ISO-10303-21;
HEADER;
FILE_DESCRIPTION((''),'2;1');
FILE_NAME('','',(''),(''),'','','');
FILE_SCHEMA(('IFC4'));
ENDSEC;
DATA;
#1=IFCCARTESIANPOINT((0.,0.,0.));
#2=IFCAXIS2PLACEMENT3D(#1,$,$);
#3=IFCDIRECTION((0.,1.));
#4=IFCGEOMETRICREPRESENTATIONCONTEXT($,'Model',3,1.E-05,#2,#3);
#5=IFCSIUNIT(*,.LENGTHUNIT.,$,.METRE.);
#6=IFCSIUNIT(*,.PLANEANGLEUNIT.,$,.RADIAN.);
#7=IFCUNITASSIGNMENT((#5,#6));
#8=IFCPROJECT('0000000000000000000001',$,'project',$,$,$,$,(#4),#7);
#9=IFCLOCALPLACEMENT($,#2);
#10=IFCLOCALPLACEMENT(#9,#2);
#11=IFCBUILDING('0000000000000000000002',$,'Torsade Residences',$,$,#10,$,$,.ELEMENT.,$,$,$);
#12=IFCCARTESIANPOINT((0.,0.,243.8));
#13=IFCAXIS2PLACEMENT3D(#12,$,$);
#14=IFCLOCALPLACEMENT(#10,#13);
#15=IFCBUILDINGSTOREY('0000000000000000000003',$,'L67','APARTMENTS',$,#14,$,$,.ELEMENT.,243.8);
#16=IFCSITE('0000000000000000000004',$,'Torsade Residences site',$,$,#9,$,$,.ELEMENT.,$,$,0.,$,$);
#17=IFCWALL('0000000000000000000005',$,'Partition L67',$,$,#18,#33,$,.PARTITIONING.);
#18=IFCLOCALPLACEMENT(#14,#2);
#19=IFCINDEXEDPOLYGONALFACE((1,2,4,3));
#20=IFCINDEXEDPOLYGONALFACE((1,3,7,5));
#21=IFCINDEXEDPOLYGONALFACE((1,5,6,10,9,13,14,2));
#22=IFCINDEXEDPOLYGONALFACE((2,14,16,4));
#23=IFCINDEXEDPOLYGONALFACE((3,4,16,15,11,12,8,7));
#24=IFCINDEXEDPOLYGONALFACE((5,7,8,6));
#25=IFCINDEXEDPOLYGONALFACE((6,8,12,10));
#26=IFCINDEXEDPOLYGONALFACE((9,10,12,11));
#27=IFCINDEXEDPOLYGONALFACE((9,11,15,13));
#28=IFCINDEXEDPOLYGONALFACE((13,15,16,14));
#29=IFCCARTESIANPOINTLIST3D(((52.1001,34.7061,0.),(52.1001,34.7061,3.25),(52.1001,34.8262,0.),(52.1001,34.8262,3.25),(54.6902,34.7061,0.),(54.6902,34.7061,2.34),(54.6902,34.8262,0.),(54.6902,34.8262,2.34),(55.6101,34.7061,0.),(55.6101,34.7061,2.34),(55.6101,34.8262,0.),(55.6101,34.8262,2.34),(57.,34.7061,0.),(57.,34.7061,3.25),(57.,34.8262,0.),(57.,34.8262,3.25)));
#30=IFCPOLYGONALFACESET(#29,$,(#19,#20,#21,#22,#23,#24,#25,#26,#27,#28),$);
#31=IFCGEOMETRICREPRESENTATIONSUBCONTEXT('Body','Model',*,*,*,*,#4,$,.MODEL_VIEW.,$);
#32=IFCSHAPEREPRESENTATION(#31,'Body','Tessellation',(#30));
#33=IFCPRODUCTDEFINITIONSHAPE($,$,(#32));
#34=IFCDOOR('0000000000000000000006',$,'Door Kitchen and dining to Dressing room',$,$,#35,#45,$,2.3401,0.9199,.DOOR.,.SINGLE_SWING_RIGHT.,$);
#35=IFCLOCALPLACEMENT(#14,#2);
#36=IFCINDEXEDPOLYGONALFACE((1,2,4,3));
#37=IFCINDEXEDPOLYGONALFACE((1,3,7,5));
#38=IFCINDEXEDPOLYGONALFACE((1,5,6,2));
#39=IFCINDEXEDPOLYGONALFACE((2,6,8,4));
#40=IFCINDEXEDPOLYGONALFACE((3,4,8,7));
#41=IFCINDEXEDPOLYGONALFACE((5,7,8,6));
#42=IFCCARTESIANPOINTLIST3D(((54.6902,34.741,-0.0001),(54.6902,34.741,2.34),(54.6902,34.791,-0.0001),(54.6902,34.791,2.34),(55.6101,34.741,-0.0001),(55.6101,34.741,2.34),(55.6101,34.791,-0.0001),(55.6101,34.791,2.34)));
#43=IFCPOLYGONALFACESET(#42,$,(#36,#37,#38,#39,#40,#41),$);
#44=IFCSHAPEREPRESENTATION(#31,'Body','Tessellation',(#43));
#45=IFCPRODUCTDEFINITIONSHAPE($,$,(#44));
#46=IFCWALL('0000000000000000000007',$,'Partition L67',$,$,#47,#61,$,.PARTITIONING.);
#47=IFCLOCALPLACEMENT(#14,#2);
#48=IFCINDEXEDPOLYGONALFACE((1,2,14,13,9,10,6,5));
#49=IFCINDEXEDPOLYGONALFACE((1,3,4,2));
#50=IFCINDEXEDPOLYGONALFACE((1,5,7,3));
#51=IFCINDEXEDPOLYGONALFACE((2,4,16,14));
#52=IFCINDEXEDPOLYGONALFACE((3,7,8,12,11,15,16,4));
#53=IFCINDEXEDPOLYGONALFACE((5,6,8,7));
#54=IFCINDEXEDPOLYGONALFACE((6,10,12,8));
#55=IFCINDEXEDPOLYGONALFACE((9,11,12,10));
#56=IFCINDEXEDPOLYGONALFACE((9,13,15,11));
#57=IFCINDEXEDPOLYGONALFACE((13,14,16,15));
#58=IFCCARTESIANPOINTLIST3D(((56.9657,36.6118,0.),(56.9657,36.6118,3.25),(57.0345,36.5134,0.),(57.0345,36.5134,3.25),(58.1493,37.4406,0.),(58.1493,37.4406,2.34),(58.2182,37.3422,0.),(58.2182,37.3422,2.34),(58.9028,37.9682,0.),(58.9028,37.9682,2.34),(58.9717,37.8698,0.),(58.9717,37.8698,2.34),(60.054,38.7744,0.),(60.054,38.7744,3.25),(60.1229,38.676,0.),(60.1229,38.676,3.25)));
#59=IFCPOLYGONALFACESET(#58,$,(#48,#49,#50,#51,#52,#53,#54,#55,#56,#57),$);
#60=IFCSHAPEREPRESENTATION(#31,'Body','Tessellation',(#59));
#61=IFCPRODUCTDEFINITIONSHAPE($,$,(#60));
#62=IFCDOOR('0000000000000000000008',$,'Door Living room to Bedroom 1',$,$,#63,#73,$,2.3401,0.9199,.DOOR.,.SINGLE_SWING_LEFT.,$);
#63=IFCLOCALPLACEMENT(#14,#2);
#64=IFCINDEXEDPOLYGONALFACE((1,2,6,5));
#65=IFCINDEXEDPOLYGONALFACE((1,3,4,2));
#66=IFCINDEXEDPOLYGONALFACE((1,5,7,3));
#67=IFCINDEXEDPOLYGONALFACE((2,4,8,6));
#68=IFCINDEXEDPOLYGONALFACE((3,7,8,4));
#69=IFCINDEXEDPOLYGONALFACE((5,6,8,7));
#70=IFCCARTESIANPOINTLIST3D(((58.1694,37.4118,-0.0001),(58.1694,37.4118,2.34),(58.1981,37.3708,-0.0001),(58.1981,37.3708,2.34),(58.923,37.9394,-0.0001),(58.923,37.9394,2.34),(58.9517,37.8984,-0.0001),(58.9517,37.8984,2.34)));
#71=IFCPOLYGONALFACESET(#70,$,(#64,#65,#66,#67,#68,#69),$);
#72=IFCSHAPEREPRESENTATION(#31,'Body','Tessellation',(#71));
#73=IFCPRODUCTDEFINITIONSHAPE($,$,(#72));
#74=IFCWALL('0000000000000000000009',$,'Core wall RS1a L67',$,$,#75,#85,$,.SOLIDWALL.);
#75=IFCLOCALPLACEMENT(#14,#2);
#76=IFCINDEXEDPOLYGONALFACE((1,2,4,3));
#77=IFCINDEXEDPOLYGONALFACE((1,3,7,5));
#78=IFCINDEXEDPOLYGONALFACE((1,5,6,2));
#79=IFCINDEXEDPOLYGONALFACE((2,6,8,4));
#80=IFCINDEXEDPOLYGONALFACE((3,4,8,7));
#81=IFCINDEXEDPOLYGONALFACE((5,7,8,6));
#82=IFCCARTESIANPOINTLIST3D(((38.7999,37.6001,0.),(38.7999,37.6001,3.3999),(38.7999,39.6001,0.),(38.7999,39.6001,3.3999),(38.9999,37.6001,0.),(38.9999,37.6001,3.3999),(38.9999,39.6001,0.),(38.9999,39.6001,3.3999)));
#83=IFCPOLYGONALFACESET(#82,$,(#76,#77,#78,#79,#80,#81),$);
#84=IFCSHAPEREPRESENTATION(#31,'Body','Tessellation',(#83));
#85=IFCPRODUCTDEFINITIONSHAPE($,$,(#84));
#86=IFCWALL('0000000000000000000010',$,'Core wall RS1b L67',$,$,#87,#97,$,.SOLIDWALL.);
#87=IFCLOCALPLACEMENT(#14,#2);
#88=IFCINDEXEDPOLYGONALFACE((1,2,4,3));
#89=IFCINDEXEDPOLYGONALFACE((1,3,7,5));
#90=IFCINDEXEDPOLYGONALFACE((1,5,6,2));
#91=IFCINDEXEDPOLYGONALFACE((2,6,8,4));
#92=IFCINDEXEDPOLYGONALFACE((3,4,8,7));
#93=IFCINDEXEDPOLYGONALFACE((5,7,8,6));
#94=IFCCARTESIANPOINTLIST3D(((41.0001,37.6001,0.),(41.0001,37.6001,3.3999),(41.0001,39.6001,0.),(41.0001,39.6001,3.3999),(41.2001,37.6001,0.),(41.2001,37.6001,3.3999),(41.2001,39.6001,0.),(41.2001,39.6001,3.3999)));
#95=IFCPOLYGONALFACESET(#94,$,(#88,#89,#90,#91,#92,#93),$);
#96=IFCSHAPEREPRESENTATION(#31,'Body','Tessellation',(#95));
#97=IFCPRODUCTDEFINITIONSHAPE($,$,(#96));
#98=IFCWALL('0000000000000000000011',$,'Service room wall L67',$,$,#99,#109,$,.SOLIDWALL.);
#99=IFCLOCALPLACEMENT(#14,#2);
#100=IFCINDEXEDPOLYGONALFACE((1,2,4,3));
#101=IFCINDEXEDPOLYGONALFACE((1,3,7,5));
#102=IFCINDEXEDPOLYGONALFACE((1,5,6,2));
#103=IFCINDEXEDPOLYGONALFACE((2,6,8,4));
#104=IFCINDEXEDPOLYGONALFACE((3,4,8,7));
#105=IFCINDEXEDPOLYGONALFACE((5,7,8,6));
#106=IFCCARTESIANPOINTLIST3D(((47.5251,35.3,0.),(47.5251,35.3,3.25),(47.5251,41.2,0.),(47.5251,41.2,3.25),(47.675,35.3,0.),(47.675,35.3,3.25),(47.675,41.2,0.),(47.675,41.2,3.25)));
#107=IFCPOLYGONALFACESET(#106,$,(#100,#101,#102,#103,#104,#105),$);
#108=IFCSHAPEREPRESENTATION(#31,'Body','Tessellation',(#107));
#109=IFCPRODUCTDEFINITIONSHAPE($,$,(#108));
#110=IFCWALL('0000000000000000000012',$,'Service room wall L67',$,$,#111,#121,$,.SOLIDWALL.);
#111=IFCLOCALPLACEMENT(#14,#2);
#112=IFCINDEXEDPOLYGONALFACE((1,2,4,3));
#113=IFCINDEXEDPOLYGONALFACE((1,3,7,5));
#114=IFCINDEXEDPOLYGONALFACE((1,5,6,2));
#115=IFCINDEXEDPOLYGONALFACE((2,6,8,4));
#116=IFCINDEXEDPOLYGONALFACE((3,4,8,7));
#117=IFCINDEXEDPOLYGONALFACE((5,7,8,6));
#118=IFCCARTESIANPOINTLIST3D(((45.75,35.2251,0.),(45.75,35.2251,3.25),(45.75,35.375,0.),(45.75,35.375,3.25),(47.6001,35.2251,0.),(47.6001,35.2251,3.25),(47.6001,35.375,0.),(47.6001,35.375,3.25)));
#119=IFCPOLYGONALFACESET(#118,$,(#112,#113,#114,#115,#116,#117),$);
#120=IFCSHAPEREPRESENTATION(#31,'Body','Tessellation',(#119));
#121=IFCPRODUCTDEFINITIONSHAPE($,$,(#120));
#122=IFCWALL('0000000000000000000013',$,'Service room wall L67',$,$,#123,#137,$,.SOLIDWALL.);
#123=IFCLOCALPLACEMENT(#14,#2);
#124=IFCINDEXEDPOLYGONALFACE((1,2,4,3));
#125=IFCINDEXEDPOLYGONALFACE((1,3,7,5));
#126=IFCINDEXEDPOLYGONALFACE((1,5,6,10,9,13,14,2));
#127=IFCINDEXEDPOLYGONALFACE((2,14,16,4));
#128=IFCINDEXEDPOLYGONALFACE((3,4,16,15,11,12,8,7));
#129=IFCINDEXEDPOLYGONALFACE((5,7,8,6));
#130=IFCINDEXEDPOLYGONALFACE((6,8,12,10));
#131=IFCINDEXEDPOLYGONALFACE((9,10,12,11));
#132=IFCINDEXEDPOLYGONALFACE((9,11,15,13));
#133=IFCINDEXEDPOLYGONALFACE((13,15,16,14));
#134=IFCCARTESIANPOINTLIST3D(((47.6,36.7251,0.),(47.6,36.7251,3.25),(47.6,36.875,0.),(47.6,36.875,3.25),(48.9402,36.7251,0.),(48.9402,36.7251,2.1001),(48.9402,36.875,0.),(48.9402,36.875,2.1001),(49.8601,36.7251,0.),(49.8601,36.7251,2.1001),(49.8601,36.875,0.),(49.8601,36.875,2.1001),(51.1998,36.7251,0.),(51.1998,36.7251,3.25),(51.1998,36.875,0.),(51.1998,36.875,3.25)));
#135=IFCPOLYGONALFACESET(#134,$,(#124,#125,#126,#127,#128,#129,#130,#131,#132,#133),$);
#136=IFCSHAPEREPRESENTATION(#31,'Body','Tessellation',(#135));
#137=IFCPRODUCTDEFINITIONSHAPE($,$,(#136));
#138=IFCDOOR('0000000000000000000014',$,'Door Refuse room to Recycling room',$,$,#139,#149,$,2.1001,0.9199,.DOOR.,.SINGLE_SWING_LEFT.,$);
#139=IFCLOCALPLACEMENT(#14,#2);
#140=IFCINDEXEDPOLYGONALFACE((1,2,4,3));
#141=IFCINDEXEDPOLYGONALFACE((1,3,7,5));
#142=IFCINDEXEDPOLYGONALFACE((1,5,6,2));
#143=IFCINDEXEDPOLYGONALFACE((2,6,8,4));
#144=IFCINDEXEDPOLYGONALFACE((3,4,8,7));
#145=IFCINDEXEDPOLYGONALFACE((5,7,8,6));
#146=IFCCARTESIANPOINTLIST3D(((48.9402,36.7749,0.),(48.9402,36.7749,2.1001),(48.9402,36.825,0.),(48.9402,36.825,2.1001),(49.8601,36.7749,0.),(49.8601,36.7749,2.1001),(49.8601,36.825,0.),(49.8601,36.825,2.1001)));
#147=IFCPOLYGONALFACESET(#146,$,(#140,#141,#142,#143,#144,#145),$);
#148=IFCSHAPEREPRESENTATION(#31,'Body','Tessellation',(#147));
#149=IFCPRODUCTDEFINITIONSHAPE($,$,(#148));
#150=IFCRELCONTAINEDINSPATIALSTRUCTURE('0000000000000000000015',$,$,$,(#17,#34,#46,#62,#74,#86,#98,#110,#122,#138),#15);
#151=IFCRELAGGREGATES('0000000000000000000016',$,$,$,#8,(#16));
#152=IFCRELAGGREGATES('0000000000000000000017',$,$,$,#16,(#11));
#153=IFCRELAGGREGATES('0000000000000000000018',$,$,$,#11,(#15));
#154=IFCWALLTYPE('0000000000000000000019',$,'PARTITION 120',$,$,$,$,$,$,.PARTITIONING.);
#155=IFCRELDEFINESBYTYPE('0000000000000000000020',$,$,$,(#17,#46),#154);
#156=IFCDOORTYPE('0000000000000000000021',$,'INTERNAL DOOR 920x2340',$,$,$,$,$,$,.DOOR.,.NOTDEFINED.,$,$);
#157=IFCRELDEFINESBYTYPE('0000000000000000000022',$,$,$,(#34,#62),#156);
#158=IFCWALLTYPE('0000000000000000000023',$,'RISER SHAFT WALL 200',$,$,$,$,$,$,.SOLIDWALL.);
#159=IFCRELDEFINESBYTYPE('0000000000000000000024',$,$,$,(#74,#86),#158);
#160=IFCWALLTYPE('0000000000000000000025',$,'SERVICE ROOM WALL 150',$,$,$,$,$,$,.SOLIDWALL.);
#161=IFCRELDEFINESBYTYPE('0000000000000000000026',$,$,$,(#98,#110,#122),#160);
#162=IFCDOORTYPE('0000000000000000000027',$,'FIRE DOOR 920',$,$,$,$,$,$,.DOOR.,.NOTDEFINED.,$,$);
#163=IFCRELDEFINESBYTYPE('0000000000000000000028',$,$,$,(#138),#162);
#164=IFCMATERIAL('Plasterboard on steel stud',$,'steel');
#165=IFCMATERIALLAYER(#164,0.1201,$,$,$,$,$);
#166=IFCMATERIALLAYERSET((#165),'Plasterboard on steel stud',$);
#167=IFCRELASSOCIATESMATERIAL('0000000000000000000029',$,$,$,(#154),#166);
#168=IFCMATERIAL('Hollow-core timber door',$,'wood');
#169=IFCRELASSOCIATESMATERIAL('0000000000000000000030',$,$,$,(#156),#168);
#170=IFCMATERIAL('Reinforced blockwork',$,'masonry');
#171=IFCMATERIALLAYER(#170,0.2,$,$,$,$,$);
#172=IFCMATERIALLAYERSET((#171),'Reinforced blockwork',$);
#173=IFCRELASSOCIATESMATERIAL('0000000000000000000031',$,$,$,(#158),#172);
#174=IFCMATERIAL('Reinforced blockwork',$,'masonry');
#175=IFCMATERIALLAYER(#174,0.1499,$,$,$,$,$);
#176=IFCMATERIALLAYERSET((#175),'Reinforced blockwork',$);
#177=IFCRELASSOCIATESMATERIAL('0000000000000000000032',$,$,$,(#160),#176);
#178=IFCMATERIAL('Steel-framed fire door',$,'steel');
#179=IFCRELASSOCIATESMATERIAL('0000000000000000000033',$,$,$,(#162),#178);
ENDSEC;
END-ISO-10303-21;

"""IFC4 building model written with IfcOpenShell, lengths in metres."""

from ifc_helpers import new_model, si_unit, direction, frame, frame_2d, origin, place, context, subcontext, project, spatial, rectangle, extrude, material, layer, layer_set, type_object, element, fill, save


model = new_model("IFC4")

# Units and contexts
model_context = context("Model", 3, precision=1e-05, world=origin(), true_north=direction((0.0, 1.0)))
body_context = subcontext(model_context, "Body", "Model", "MODEL_VIEW")
ifc_project = project(units=[si_unit("LENGTHUNIT", "METRE"), si_unit("PLANEANGLEUNIT", "RADIAN")], contexts=[model_context])

# Site, building, storey
site_placement = place(None, origin())
site = spatial("IfcSite", under=ifc_project, at=site_placement, Name="Torsade Residences site", CompositionType="ELEMENT", RefElevation=0.0)
building_placement = place(site_placement, origin())
building = spatial("IfcBuilding", under=site, at=building_placement, Name="Torsade Residences", CompositionType="ELEMENT")
storey_placement = place(building_placement, frame((0.0, 0.0, 243.8)))
storey = spatial("IfcBuildingStorey", under=building, at=storey_placement, Name="L67", Description="APARTMENTS", CompositionType="ELEMENT", Elevation=243.8)

# Walls, openings, doors
ifc_material_1 = material(Name="Plasterboard on steel stud", Category="steel")
ifc_layer_1 = layer(ifc_material_1, 0.1201)
ifc_layer_set_1 = layer_set([ifc_layer_1], Name="Plasterboard on steel stud")
wall_type_1 = type_object("IfcWallType", Name="PARTITION 120", PredefinedType="PARTITIONING", material=ifc_layer_set_1)
ifc_material_2 = material(Name="Hollow-core timber door", Category="wood")
door_type_1 = type_object("IfcDoorType", Name="INTERNAL DOOR 920x2340", OperationType="NOTDEFINED", PredefinedType="DOOR", material=ifc_material_2)
wall_1_placement = place(storey_placement, frame((52.1001, 34.7661, 0.0), z_axis=(0.0, 0.0, 1.0), x_axis=(1.0, 0.0, 0.0)))
wall_1 = element("IfcWall", 1, at=wall_1_placement, inside=storey, type_object=wall_type_1, Name="Partition L67", PredefinedType="PARTITIONING", context=body_context, shape_type="SweptSolid", body=[
    extrude(rectangle(XDim=4.8999, YDim=0.1201, at=frame_2d((2.45, 0.0))), origin(), (0.0, 0.0, 1.0), 3.25),
])
opening_1_placement = place(wall_1_placement, frame((2.5901, 0.0, 0.0)))
opening_1 = element("IfcOpeningElement", 2, at=opening_1_placement, cuts=wall_1, PredefinedType="OPENING", context=body_context, shape_type="SweptSolid", body=[
    extrude(rectangle(XDim=0.9199, YDim=2.3401, at=frame_2d((0.46, 1.1699))), frame((0.0, 0.0701, 0.0), z_axis=(0.0, -1.0, 0.0), x_axis=(1.0, 0.0, 0.0)), (0.0, 0.0, 1.0), 0.1401),
])
door_1_placement = place(opening_1_placement, origin())
door_1 = element("IfcDoor", 3, at=door_1_placement, inside=storey, type_object=door_type_1, Name="Door Kitchen and dining to Dressing room", OperationType="SINGLE_SWING_RIGHT", OverallHeight=2.3401, OverallWidth=0.9199, PredefinedType="DOOR", context=body_context, shape_type="SweptSolid", body=[
    extrude(rectangle(XDim=0.9199, YDim=2.3401, at=frame_2d((0.46, 1.1699))), frame((0.0, 0.0249, 0.0), z_axis=(0.0, -1.0, 0.0), x_axis=(1.0, 0.0, 0.0)), (0.0, 0.0, 1.0), 0.05),
])
fill(opening_1, door_1)
wall_2_placement = place(storey_placement, frame((57.0, 36.5625, 0.0), z_axis=(0.0, 0.0, 1.0), x_axis=(0.819141, 0.573593, 0.0)))
wall_2 = element("IfcWall", 4, at=wall_2_placement, inside=storey, type_object=wall_type_1, Name="Partition L67", PredefinedType="PARTITIONING", context=body_context, shape_type="SweptSolid", body=[
    extrude(rectangle(XDim=3.7703, YDim=0.1201, at=frame_2d((1.8853, 0.0))), origin(), (0.0, 0.0, 1.0), 3.25),
])
opening_2_placement = place(wall_2_placement, frame((1.4451, 0.0, 0.0)))
opening_2 = element("IfcOpeningElement", 5, at=opening_2_placement, cuts=wall_2, PredefinedType="OPENING", context=body_context, shape_type="SweptSolid", body=[
    extrude(rectangle(XDim=0.9199, YDim=2.3401, at=frame_2d((0.46, 1.1699))), frame((0.0, 0.0701, 0.0), z_axis=(0.0, -1.0, 0.0), x_axis=(1.0, 0.0, 0.0)), (0.0, 0.0, 1.0), 0.1401),
])
door_2_placement = place(opening_2_placement, origin())
door_2 = element("IfcDoor", 6, at=door_2_placement, inside=storey, type_object=door_type_1, Name="Door Living room to Bedroom 1", OperationType="SINGLE_SWING_LEFT", OverallHeight=2.3401, OverallWidth=0.9199, PredefinedType="DOOR", context=body_context, shape_type="SweptSolid", body=[
    extrude(rectangle(XDim=0.9199, YDim=2.3401, at=frame_2d((0.46, 1.1699))), frame((0.0, 0.0249, 0.0), z_axis=(0.0, -1.0, 0.0), x_axis=(1.0, 0.0, 0.0)), (0.0, 0.0, 1.0), 0.05),
])
fill(opening_2, door_2)

# Walls
ifc_material_3 = material(Name="Reinforced blockwork", Category="masonry")
ifc_layer_2 = layer(ifc_material_3, 0.2)
ifc_layer_set_2 = layer_set([ifc_layer_2], Name="Reinforced blockwork")
wall_type_2 = type_object("IfcWallType", Name="RISER SHAFT WALL 200", PredefinedType="SOLIDWALL", material=ifc_layer_set_2)
for number, where, z_axis, x_axis, name in (
    (7, (38.8999, 37.6001, 0.0), (0.0, 0.0, 1.0), (0.0, 1.0, 0.0), "Core wall RS1a L67"),
    (8, (41.1001, 37.6001, 0.0), (0.0, 0.0, 1.0), (0.0, 1.0, 0.0), "Core wall RS1b L67"),
):
    element("IfcWall", number, at=place(storey_placement, frame(where, z_axis=z_axis, x_axis=x_axis)), inside=storey, type_object=wall_type_2, Name=name, PredefinedType="SOLIDWALL", context=body_context, shape_type="SweptSolid", body=[
        extrude(rectangle(XDim=2.0, YDim=0.2, at=frame_2d((1.0, 0.0))), origin(), (0.0, 0.0, 1.0), 3.3999),
    ])
ifc_material_4 = material(Name="Reinforced blockwork", Category="masonry")
ifc_layer_3 = layer(ifc_material_4, 0.1499)
ifc_layer_set_3 = layer_set([ifc_layer_3], Name="Reinforced blockwork")
wall_type_3 = type_object("IfcWallType", Name="SERVICE ROOM WALL 150", PredefinedType="SOLIDWALL", material=ifc_layer_set_3)
wall_3_placement = place(storey_placement, frame((47.6001, 41.2, 0.0), z_axis=(0.0, 0.0, 1.0), x_axis=(0.0, -1.0, 0.0)))
element("IfcWall", 9, at=wall_3_placement, inside=storey, type_object=wall_type_3, Name="Service room wall L67", PredefinedType="SOLIDWALL", context=body_context, shape_type="SweptSolid", body=[
    extrude(rectangle(XDim=5.8999, YDim=0.1499, at=frame_2d((2.95, 0.0))), origin(), (0.0, 0.0, 1.0), 3.25),
])
wall_4_placement = place(storey_placement, frame((47.6001, 35.3, 0.0), z_axis=(0.0, 0.0, 1.0), x_axis=(-1.0, 0.0, 0.0)))
element("IfcWall", 10, at=wall_4_placement, inside=storey, type_object=wall_type_3, Name="Service room wall L67", PredefinedType="SOLIDWALL", context=body_context, shape_type="SweptSolid", body=[
    extrude(rectangle(XDim=1.8501, YDim=0.1499, at=frame_2d((0.925, 0.0))), origin(), (0.0, 0.0, 1.0), 3.25),
])

# Wall, opening, door
wall_5_placement = place(storey_placement, frame((47.6001, 36.8, 0.0), z_axis=(0.0, 0.0, 1.0), x_axis=(1.0, 0.0, 0.0)))
wall_5 = element("IfcWall", 11, at=wall_5_placement, inside=storey, type_object=wall_type_3, Name="Service room wall L67", PredefinedType="SOLIDWALL", context=body_context, shape_type="SweptSolid", body=[
    extrude(rectangle(XDim=3.5999, YDim=0.1499, at=frame_2d((1.7998, 0.0))), origin(), (0.0, 0.0, 1.0), 3.25),
])
opening_3_placement = place(wall_5_placement, frame((1.3401, 0.0, 0.0)))
opening_3 = element("IfcOpeningElement", 12, at=opening_3_placement, cuts=wall_5, PredefinedType="OPENING", context=body_context, shape_type="SweptSolid", body=[
    extrude(rectangle(XDim=0.9199, YDim=2.1001, at=frame_2d((0.46, 1.05))), frame((0.0, 0.085, 0.0), z_axis=(0.0, -1.0, 0.0), x_axis=(1.0, 0.0, 0.0)), (0.0, 0.0, 1.0), 0.1699),
])
ifc_material_5 = material(Name="Steel-framed fire door", Category="steel")
door_type_2 = type_object("IfcDoorType", Name="FIRE DOOR 920", OperationType="NOTDEFINED", PredefinedType="DOOR", material=ifc_material_5)
door_3_placement = place(opening_3_placement, origin())
door_3 = element("IfcDoor", 13, at=door_3_placement, inside=storey, type_object=door_type_2, Name="Door Refuse room to Recycling room", OperationType="SINGLE_SWING_LEFT", OverallHeight=2.1001, OverallWidth=0.9199, PredefinedType="DOOR", context=body_context, shape_type="SweptSolid", body=[
    extrude(rectangle(XDim=0.9199, YDim=2.1001, at=frame_2d((0.46, 1.05))), frame((0.0, 0.0249, 0.0), z_axis=(0.0, -1.0, 0.0), x_axis=(1.0, 0.0, 0.0)), (0.0, 0.0, 1.0), 0.05),
])
fill(opening_3, door_3)

save(model, "model.ifc")
